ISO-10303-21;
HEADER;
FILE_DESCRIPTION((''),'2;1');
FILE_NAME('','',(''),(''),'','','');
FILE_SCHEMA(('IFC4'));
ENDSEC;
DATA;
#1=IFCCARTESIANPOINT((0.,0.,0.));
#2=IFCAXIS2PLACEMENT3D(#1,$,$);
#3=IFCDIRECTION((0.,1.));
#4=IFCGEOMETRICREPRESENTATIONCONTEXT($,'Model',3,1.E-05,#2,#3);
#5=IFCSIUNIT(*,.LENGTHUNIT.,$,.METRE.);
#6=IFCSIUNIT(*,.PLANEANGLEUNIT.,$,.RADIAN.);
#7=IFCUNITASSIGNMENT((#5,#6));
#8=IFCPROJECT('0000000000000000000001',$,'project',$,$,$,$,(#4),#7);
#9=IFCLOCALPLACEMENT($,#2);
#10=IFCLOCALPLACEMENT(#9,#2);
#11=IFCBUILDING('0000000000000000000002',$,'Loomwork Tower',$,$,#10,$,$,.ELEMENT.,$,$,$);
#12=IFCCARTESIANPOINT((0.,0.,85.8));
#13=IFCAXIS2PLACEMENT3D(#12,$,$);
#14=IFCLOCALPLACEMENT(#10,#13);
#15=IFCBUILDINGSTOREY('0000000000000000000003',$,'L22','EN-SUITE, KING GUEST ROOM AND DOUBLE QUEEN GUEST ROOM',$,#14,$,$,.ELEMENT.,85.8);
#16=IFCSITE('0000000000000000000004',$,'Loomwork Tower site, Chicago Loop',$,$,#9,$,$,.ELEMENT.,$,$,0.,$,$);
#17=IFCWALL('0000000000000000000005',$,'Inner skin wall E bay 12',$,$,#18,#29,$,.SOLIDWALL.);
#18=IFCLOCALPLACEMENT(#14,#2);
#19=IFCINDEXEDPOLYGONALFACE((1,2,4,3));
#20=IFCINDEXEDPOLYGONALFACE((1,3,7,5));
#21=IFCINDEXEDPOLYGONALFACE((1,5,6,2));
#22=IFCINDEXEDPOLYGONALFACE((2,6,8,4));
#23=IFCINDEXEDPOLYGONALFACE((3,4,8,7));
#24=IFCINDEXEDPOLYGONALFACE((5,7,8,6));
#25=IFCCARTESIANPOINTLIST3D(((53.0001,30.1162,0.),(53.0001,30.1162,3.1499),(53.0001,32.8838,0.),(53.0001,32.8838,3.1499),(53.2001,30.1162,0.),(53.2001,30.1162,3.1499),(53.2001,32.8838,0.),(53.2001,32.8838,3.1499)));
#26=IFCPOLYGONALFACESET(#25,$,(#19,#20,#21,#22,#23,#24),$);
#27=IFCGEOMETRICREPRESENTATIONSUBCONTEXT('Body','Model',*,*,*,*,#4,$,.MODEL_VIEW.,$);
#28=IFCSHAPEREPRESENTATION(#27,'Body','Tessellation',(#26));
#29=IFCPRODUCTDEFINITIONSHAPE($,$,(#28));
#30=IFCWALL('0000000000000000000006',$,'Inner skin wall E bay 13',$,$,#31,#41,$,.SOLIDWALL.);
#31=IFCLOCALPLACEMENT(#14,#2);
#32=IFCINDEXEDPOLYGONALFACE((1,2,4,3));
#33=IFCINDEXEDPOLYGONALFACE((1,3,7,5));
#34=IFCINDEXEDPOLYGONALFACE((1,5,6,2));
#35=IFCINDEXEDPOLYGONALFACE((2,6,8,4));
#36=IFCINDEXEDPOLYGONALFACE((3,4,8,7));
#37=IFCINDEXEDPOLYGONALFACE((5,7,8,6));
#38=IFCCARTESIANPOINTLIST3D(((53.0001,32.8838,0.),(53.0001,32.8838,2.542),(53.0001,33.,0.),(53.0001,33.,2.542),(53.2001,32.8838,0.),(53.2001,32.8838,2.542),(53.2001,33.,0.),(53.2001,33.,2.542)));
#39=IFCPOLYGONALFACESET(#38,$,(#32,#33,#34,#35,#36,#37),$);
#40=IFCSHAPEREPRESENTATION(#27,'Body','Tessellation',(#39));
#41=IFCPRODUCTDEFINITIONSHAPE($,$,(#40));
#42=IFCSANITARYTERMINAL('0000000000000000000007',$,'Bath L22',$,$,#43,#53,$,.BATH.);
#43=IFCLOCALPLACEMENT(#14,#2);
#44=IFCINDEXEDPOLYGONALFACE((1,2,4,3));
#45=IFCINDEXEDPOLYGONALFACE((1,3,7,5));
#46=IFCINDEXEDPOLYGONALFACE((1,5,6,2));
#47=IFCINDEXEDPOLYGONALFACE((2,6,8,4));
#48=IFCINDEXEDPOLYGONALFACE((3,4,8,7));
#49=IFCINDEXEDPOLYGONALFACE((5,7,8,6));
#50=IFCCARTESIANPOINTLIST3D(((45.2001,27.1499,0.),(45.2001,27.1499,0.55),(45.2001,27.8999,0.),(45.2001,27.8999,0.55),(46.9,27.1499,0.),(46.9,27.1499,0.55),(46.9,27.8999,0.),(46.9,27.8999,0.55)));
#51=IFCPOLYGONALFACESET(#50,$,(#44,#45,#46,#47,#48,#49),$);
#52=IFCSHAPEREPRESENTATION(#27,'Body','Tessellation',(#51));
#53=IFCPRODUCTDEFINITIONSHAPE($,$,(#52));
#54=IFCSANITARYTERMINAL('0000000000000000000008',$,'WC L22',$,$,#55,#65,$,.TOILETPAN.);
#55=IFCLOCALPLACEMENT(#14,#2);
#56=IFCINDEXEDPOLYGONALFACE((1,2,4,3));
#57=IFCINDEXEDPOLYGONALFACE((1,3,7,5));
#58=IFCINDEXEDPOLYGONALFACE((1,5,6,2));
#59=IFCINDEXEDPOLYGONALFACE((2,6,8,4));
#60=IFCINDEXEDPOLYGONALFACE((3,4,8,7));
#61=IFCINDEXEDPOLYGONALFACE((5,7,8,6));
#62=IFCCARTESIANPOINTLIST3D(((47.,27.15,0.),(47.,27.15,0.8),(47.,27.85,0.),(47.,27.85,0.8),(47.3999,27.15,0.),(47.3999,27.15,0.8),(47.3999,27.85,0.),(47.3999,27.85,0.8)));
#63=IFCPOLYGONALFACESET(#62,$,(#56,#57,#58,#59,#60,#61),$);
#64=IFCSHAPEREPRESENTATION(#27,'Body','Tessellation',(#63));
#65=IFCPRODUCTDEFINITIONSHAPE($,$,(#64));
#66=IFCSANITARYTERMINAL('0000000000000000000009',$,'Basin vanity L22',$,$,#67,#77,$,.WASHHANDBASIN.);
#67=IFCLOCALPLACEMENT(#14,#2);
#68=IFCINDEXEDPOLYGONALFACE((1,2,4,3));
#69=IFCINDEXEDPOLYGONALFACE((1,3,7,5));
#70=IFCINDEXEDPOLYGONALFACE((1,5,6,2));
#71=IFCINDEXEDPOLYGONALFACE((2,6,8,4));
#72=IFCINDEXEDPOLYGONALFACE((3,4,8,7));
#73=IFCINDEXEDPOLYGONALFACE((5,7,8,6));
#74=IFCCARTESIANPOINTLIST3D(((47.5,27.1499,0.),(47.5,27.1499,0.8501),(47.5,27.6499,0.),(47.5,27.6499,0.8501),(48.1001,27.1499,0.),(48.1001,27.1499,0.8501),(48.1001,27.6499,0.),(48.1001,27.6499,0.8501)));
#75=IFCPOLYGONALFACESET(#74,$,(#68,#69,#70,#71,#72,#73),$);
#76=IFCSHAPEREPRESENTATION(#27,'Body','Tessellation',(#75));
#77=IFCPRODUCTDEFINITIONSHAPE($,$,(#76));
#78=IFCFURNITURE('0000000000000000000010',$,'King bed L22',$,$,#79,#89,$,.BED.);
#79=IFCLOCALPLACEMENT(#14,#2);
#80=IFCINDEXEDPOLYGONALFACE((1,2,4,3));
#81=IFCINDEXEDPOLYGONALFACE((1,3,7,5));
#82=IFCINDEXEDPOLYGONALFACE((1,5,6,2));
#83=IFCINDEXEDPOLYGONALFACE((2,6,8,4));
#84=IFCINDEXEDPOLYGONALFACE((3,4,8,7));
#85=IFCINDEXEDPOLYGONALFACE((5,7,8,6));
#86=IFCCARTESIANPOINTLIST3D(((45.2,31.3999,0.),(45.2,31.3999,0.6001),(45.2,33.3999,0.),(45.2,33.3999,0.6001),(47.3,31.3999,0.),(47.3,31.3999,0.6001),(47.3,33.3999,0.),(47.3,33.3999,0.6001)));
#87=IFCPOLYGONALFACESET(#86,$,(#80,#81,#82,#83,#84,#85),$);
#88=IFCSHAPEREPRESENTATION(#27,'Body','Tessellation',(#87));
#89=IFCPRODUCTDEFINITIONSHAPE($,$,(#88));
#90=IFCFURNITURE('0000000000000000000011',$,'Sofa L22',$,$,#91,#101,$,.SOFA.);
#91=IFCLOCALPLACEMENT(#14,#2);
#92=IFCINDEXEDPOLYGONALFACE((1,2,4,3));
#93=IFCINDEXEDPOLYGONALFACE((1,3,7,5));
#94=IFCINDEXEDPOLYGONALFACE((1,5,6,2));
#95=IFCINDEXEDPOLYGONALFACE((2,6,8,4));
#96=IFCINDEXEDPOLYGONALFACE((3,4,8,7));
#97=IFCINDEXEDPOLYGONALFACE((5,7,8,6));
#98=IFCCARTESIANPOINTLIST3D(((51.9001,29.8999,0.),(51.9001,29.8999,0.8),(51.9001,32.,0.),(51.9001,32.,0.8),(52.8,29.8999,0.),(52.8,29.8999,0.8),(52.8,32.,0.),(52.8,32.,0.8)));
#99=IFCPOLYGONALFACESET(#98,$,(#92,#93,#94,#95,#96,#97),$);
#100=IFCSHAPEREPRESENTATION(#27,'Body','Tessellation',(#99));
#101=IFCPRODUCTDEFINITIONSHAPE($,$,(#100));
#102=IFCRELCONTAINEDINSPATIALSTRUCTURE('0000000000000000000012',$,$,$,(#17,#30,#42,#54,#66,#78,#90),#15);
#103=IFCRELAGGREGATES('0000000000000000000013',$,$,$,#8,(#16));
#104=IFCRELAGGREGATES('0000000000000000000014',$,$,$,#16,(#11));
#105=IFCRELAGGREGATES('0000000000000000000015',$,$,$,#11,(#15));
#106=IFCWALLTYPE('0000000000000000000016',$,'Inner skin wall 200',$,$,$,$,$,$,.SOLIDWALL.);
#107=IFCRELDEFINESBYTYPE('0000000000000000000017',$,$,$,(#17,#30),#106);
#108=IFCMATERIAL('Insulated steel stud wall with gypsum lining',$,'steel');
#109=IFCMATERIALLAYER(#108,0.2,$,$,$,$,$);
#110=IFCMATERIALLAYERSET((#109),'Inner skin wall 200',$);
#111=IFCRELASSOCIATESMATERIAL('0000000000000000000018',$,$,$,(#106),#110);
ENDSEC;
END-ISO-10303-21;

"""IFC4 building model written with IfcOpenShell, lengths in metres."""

from ifc_helpers import new_model, si_unit, direction, frame, frame_2d, origin, origin_2d, place, context, subcontext, project, spatial, rectangle, extrude, material, layer, layer_set, type_object, element, save


model = new_model("IFC4")

# Units and contexts
model_context = context("Model", 3, precision=1e-05, world=origin(), true_north=direction((0.0, 1.0)))
body_context = subcontext(model_context, "Body", "Model", "MODEL_VIEW")
ifc_project = project(units=[si_unit("LENGTHUNIT", "METRE"), si_unit("PLANEANGLEUNIT", "RADIAN")], contexts=[model_context])

# Site, building, storey
site_placement = place(None, origin())
site = spatial("IfcSite", under=ifc_project, at=site_placement, Name="Loomwork Tower site, Chicago Loop", CompositionType="ELEMENT", RefElevation=0.0)
building_placement = place(site_placement, origin())
building = spatial("IfcBuilding", under=site, at=building_placement, Name="Loomwork Tower", CompositionType="ELEMENT")
storey_placement = place(building_placement, frame((0.0, 0.0, 85.8)))
storey = spatial("IfcBuildingStorey", under=building, at=storey_placement, Name="L22", Description="EN-SUITE, KING GUEST ROOM AND DOUBLE QUEEN GUEST ROOM", CompositionType="ELEMENT", Elevation=85.8)

# Walls
ifc_material_1 = material(Name="Insulated steel stud wall with gypsum lining", Category="steel")
ifc_layer_1 = layer(ifc_material_1, 0.2)
ifc_layer_set_1 = layer_set([ifc_layer_1], Name="Inner skin wall 200")
wall_type_1 = type_object("IfcWallType", Name="Inner skin wall 200", PredefinedType="SOLIDWALL", material=ifc_layer_set_1)
wall_1_placement = place(storey_placement, frame((53.1001, 30.1162, 0.0), z_axis=(0.0, 0.0, 1.0), x_axis=(0.0, 1.0, 0.0)))
element("IfcWall", 1, at=wall_1_placement, inside=storey, type_object=wall_type_1, Name="Inner skin wall E bay 12", PredefinedType="SOLIDWALL", context=body_context, shape_type="SweptSolid", body=[
    extrude(rectangle(XDim=2.7676, YDim=0.2, at=frame_2d((1.3838, 0.0))), origin(), (0.0, 0.0, 1.0), 3.1499),
])
wall_2_placement = place(storey_placement, frame((53.1001, 32.8838, 0.0), z_axis=(0.0, 0.0, 1.0), x_axis=(0.0, 1.0, 0.0)))
element("IfcWall", 2, at=wall_2_placement, inside=storey, type_object=wall_type_1, Name="Inner skin wall E bay 13", PredefinedType="SOLIDWALL", context=body_context, shape_type="SweptSolid", body=[
    extrude(rectangle(XDim=0.1162, YDim=0.2, at=frame_2d((0.0581, 0.0))), origin(), (0.0, 0.0, 1.0), 2.542),
])

# Sanitary terminals
sanitary_terminal_1_placement = place(storey_placement, frame((46.05, 27.5249, 0.0), z_axis=(0.0, 0.0, 1.0), x_axis=(1.0, 0.0, 0.0)))
element("IfcSanitaryTerminal", 3, at=sanitary_terminal_1_placement, inside=storey, Name="Bath L22", PredefinedType="BATH", context=body_context, shape_type="SweptSolid", body=[
    extrude(rectangle(XDim=1.7, YDim=0.75, at=origin_2d()), origin(), (0.0, 0.0, 1.0), 0.55),
])
sanitary_terminal_2_placement = place(storey_placement, frame((47.2, 27.5, 0.0), z_axis=(0.0, 0.0, 1.0), x_axis=(1.0, 0.0, 0.0)))
element("IfcSanitaryTerminal", 4, at=sanitary_terminal_2_placement, inside=storey, Name="WC L22", PredefinedType="TOILETPAN", context=body_context, shape_type="SweptSolid", body=[
    extrude(rectangle(XDim=0.3999, YDim=0.7, at=origin_2d()), origin(), (0.0, 0.0, 1.0), 0.8),
])
sanitary_terminal_3_placement = place(storey_placement, frame((47.8, 27.3999, 0.0), z_axis=(0.0, 0.0, 1.0), x_axis=(1.0, 0.0, 0.0)))
element("IfcSanitaryTerminal", 5, at=sanitary_terminal_3_placement, inside=storey, Name="Basin vanity L22", PredefinedType="WASHHANDBASIN", context=body_context, shape_type="SweptSolid", body=[
    extrude(rectangle(XDim=0.6001, YDim=0.5, at=origin_2d()), origin(), (0.0, 0.0, 1.0), 0.8501),
])

# Furniture
furniture_1_placement = place(storey_placement, frame((46.25, 32.3999, 0.0), z_axis=(0.0, 0.0, 1.0), x_axis=(1.0, 0.0, 0.0)))
element("IfcFurniture", 6, at=furniture_1_placement, inside=storey, Name="King bed L22", PredefinedType="BED", context=body_context, shape_type="SweptSolid", body=[
    extrude(rectangle(XDim=2.1001, YDim=2.0, at=origin_2d()), origin(), (0.0, 0.0, 1.0), 0.6001),
])
furniture_2_placement = place(storey_placement, frame((52.3501, 30.95, 0.0), z_axis=(0.0, 0.0, 1.0), x_axis=(1.0, 0.0, 0.0)))
element("IfcFurniture", 7, at=furniture_2_placement, inside=storey, Name="Sofa L22", PredefinedType="SOFA", context=body_context, shape_type="SweptSolid", body=[
    extrude(rectangle(XDim=0.8999, YDim=2.1001, at=origin_2d()), origin(), (0.0, 0.0, 1.0), 0.8),
])

save(model, "model.ifc")
